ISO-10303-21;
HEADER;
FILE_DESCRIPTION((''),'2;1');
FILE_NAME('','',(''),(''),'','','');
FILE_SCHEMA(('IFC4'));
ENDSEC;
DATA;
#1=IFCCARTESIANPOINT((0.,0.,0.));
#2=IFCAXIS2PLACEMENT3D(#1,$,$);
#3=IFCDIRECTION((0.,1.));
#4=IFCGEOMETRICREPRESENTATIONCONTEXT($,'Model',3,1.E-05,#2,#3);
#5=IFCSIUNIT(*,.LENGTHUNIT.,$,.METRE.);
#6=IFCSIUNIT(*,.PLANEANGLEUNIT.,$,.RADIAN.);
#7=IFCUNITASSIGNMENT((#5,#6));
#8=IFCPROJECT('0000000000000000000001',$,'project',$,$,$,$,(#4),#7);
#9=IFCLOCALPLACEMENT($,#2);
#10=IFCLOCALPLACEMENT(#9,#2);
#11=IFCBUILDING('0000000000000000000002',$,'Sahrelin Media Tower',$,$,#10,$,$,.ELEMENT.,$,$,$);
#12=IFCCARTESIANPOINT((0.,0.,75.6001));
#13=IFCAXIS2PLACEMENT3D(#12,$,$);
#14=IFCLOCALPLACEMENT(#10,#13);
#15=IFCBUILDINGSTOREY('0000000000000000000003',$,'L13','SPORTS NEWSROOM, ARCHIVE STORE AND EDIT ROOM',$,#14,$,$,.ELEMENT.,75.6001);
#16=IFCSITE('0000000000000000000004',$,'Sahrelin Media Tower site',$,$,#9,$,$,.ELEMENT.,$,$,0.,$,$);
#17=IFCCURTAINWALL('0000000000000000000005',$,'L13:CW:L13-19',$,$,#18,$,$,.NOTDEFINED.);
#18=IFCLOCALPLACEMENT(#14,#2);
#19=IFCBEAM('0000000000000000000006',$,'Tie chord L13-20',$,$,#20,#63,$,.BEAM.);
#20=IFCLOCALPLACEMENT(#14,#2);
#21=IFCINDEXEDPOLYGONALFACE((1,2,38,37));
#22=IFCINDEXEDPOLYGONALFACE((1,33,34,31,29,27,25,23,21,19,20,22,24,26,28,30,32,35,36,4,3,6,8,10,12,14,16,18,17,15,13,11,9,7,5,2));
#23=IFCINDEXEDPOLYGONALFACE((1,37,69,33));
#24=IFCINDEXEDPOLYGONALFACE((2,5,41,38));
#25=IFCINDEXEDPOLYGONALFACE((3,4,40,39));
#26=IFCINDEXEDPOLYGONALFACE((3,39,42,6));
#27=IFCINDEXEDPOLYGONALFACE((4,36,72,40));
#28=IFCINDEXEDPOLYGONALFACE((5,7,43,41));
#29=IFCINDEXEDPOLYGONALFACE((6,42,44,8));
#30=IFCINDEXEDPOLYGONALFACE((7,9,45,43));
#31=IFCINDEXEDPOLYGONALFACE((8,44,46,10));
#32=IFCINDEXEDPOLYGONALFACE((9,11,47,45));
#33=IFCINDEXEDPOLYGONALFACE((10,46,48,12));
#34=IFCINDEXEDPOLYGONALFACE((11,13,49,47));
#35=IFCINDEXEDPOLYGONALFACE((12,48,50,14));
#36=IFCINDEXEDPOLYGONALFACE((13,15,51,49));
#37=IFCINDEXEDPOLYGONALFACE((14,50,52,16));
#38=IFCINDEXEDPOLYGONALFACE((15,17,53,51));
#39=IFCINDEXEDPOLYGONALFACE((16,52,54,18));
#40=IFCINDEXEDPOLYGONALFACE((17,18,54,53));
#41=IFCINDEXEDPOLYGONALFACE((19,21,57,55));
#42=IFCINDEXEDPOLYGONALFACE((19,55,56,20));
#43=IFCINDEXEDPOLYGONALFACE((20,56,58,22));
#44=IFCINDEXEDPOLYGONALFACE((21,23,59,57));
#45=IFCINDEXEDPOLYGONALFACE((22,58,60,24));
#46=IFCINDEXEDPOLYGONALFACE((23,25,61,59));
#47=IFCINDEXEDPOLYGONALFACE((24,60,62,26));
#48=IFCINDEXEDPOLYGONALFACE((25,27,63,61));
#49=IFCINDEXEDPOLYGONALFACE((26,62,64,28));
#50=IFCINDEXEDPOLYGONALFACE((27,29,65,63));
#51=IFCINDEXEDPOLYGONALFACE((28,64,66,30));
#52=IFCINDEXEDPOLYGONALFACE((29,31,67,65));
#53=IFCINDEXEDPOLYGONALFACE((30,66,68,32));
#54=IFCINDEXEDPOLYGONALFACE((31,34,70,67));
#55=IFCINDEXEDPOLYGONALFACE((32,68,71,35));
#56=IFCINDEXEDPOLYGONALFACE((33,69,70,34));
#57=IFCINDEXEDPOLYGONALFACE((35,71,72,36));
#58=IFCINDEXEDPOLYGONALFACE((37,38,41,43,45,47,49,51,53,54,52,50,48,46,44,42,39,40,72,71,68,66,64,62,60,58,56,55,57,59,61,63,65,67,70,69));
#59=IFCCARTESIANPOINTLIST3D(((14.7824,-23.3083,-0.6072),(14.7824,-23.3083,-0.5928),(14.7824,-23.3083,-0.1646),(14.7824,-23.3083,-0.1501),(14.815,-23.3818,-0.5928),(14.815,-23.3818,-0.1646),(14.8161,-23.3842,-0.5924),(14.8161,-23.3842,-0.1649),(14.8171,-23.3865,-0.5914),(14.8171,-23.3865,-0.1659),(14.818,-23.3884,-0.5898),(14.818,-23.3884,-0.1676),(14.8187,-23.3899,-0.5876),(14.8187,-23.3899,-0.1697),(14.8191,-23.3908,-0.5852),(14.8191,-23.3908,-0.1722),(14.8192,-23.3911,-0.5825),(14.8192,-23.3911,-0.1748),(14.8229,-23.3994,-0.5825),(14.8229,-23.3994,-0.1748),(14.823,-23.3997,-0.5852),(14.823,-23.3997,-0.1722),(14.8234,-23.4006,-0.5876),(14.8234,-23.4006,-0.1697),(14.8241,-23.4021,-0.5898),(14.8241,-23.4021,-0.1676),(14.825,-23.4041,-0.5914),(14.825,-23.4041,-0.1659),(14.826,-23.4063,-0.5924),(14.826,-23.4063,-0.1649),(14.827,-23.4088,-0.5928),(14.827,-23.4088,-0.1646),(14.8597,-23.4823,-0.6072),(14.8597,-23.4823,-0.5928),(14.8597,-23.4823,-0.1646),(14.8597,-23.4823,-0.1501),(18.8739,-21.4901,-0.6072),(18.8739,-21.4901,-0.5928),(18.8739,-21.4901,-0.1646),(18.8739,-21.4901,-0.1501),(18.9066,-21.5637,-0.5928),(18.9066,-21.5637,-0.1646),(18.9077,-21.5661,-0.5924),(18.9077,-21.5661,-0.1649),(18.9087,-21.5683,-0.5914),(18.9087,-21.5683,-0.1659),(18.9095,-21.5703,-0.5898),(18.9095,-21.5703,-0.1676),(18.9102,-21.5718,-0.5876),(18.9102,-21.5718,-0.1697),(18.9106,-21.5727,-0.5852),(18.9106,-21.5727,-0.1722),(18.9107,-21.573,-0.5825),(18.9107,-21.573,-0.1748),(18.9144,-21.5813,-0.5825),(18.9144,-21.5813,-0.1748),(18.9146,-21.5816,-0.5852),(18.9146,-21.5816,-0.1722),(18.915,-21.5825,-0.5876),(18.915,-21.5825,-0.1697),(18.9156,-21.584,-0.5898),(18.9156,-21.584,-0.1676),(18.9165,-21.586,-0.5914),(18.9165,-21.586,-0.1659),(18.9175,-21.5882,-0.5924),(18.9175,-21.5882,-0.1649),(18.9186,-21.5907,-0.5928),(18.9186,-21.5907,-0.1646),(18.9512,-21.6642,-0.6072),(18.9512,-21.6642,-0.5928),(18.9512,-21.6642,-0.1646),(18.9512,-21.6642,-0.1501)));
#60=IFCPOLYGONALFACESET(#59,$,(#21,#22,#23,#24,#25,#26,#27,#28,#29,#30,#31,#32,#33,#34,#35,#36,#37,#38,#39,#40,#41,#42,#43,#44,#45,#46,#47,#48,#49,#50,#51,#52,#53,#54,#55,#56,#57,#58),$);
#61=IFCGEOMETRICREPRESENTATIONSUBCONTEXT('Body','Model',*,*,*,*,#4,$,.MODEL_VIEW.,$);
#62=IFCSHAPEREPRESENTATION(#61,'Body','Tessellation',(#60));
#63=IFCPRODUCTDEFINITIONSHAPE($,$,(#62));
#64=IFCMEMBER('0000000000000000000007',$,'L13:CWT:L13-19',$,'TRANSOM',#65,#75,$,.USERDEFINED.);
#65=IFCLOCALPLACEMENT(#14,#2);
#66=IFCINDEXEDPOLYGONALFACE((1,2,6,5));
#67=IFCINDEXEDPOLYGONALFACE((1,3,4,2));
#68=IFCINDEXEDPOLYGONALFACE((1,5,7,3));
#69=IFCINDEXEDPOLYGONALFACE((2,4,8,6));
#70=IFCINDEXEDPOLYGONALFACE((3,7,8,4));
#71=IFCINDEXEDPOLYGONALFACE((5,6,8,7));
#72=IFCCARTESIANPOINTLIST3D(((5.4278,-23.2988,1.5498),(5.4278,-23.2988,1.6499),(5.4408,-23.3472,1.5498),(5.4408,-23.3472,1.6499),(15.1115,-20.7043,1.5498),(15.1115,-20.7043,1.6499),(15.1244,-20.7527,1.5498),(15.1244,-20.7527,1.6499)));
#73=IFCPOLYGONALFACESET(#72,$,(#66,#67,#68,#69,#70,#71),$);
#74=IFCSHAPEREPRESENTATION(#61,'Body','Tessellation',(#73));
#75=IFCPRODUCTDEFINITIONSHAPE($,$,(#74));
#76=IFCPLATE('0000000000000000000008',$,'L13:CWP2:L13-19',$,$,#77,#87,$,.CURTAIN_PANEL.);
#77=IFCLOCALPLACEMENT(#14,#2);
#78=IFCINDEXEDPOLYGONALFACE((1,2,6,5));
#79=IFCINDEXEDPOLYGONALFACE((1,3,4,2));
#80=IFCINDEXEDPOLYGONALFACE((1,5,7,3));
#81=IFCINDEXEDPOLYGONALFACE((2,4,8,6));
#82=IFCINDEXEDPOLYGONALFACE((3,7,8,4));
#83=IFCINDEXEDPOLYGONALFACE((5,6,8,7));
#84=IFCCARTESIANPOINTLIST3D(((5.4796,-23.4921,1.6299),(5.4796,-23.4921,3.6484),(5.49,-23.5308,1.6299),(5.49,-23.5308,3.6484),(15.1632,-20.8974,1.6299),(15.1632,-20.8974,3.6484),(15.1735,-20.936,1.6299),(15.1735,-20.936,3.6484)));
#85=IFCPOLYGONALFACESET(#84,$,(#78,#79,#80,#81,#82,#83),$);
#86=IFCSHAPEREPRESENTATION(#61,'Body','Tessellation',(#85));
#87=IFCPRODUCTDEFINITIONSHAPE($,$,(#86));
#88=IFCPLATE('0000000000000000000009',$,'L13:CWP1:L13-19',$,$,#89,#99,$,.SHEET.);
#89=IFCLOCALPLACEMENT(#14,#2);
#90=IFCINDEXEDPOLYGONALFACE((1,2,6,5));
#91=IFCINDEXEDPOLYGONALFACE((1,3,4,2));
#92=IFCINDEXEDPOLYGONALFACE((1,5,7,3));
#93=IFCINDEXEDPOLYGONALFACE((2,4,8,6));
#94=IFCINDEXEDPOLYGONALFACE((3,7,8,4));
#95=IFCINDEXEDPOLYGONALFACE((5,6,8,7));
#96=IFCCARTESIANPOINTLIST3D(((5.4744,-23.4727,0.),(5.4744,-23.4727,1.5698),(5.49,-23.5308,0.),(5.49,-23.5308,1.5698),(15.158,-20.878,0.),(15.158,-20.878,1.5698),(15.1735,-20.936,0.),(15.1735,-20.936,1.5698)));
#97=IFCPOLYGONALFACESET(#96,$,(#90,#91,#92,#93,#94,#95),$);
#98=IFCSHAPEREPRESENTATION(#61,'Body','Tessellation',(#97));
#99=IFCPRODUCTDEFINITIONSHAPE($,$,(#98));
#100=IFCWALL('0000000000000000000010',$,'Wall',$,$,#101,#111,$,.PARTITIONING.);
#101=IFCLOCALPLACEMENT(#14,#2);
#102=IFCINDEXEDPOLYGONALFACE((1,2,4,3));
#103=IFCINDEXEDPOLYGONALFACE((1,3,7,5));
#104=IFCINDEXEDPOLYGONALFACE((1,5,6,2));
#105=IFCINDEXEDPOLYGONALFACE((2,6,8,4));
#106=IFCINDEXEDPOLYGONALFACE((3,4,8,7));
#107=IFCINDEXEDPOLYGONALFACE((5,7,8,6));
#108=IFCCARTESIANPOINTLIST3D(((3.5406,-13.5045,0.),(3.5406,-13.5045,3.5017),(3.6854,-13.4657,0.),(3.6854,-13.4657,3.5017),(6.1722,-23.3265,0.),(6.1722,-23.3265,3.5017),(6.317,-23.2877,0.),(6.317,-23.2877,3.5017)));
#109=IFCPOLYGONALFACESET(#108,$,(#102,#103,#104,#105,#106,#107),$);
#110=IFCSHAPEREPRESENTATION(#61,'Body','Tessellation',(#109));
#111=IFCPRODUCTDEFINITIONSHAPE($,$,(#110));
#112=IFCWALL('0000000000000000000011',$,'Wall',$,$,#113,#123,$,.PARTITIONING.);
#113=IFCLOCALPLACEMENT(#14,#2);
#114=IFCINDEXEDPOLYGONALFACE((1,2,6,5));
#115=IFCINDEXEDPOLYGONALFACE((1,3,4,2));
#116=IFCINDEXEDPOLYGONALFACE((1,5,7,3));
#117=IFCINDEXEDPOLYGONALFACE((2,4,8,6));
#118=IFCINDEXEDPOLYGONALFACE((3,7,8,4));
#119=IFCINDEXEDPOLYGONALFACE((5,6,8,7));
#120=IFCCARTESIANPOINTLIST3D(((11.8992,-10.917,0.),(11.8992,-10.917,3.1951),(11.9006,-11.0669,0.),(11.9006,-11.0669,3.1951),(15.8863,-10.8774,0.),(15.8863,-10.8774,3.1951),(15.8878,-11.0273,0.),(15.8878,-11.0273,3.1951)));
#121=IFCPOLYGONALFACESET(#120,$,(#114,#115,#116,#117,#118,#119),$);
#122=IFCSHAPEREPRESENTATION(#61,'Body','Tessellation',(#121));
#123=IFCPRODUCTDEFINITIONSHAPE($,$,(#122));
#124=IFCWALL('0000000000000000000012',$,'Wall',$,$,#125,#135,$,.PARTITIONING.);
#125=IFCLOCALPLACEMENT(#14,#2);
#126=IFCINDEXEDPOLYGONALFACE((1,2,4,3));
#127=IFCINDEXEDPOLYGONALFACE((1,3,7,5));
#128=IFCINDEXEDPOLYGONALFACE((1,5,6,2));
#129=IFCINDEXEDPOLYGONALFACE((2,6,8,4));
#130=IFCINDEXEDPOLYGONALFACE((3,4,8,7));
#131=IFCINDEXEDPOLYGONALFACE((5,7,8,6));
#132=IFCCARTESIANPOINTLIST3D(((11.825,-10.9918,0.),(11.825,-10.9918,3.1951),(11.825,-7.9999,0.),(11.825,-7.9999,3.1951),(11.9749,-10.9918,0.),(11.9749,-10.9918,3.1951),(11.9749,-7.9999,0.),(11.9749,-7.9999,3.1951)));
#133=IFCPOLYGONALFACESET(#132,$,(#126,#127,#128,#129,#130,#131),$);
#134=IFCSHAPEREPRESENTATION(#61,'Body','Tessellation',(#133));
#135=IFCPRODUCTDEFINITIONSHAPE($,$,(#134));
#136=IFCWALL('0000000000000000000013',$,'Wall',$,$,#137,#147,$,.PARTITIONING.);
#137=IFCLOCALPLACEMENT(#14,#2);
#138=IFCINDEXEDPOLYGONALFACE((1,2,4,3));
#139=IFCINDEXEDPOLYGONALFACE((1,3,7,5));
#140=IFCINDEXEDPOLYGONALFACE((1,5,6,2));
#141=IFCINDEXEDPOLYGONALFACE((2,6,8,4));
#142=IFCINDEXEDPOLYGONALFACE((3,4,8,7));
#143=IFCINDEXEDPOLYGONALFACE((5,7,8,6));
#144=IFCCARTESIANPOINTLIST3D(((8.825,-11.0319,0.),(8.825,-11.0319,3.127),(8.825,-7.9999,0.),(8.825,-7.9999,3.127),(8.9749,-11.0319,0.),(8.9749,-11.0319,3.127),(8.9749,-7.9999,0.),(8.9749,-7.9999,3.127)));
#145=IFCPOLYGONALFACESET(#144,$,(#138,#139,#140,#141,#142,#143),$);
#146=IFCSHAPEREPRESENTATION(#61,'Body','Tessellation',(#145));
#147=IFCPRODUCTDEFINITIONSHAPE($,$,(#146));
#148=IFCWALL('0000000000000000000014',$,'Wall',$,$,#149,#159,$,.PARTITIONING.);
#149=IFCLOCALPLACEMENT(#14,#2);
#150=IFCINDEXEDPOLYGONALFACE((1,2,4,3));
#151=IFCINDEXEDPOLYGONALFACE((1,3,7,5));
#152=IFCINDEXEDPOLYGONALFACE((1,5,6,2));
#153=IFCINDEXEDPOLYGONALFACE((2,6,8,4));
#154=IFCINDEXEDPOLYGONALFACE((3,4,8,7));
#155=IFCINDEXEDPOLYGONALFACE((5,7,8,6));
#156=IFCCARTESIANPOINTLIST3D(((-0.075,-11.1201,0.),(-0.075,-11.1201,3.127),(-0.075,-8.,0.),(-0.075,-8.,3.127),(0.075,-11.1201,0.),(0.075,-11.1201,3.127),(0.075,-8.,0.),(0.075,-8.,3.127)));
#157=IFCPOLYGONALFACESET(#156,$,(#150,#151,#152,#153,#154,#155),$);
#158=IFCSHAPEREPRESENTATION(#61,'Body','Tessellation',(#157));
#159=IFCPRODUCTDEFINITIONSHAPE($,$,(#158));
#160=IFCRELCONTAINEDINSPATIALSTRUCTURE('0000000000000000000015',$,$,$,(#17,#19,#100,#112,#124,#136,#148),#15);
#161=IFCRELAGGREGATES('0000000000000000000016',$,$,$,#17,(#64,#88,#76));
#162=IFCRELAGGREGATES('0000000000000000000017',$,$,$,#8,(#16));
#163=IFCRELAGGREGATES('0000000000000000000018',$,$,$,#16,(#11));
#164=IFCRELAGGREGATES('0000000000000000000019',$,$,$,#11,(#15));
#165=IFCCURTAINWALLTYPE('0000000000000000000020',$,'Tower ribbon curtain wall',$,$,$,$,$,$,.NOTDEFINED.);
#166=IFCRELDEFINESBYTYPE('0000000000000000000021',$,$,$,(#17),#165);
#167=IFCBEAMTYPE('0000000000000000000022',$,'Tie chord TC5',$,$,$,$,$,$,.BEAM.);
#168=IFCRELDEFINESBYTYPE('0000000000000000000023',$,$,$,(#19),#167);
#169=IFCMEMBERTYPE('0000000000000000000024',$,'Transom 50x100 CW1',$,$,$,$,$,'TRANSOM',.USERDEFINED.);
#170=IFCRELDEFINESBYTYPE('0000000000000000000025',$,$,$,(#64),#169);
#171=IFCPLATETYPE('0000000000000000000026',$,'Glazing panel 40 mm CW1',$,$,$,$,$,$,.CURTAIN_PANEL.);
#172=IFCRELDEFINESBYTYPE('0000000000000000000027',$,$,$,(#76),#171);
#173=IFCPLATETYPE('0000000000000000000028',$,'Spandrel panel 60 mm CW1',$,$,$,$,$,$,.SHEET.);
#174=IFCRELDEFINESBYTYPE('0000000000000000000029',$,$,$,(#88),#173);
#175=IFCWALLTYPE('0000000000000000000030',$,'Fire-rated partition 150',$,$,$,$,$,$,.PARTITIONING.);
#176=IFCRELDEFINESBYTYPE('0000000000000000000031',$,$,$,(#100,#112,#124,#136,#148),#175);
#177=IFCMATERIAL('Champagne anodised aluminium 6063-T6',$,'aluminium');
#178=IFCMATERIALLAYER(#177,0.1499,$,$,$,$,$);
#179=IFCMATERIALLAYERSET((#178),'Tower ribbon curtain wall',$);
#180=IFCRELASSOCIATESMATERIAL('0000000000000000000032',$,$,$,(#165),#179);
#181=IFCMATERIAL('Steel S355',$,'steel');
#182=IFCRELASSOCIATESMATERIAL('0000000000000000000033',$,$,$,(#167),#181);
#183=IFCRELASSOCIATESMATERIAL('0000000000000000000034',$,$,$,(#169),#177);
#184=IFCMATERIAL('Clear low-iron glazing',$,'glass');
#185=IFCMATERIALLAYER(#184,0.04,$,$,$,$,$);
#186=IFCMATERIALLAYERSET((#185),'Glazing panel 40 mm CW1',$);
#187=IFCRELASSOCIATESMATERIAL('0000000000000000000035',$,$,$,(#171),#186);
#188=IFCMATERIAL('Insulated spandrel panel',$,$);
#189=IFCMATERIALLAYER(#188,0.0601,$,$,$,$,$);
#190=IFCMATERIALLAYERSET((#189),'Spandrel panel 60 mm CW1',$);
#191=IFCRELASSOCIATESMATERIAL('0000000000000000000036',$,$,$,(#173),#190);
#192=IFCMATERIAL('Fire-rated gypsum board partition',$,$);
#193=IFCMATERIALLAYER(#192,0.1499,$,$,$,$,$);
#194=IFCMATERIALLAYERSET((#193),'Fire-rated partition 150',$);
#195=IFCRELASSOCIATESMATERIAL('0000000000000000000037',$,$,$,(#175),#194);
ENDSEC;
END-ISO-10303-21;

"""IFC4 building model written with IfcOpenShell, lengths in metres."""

from ifc_helpers import new_model, si_unit, direction, frame, frame_2d, origin, origin_2d, place, context, subcontext, project, spatial, polyline, rectangle, i_section, outline, extrude, material, layer, layer_set, material_profile, profile_set, type_object, element, aggregate, save


model = new_model("IFC4")

# Units and contexts
model_context = context("Model", 3, precision=1e-05, world=origin(), true_north=direction((0.0, 1.0)))
body_context = subcontext(model_context, "Body", "Model", "MODEL_VIEW")
ifc_project = project(units=[si_unit("LENGTHUNIT", "METRE"), si_unit("PLANEANGLEUNIT", "RADIAN")], contexts=[model_context])

# Site, building, storey
site_placement = place(None, origin())
site = spatial("IfcSite", under=ifc_project, at=site_placement, Name="Sahrelin Media Tower site", CompositionType="ELEMENT", RefElevation=0.0)
building_placement = place(site_placement, origin())
building = spatial("IfcBuilding", under=site, at=building_placement, Name="Sahrelin Media Tower", CompositionType="ELEMENT")
storey_placement = place(building_placement, frame((0.0, 0.0, 75.6001)))
storey = spatial("IfcBuildingStorey", under=building, at=storey_placement, Name="L13", Description="SPORTS NEWSROOM, ARCHIVE STORE AND EDIT ROOM", CompositionType="ELEMENT", Elevation=75.6001)

# Shared definitions
ifc_material_1 = material(Name="Steel S355", Category="steel")

# Curtain wall
ifc_material_2 = material(Name="Champagne anodised aluminium 6063-T6", Category="aluminium")
ifc_layer_1 = layer(ifc_material_2, 0.1499)
ifc_layer_set_1 = layer_set([ifc_layer_1], Name="Tower ribbon curtain wall")
curtain_wall_type = type_object("IfcCurtainWallType", Name="Tower ribbon curtain wall", PredefinedType="NOTDEFINED", material=ifc_layer_set_1)
curtain_wall_1_placement = place(storey_placement, frame((10.3267, -22.2141, 0.0), z_axis=(0.0, 0.0, 1.0), x_axis=(1.0, 0.0, 0.0)))
curtain_wall_1 = element("IfcCurtainWall", 1, at=curtain_wall_1_placement, inside=storey, type_object=curtain_wall_type, Name="L13:CW:L13-19", PredefinedType="NOTDEFINED")

# Beam
ifc_material_profile_1 = material_profile(ifc_material_1, i_section(OverallWidth=0.1904, OverallDepth=0.457, WebThickness=0.009, FlangeThickness=0.0144, FilletRadius=0.0103, at=origin_2d()), Name="UB 457x191x74")
ifc_profile_set_1 = profile_set([ifc_material_profile_1], Name="Steel S355")
beam_type_1 = type_object("IfcBeamType", Name="Tie chord TC5", PredefinedType="BEAM", material=ifc_profile_set_1)
beam_1_placement = place(storey_placement, frame((14.821, -23.3953, -0.3787), z_axis=(0.913841, 0.406073, 0.0), x_axis=(-0.406073, 0.913841, 0.0)))
element("IfcBeam", 2, at=beam_1_placement, inside=storey, type_object=beam_type_1, Name="Tie chord L13-20", PredefinedType="BEAM", context=body_context, shape_type="SweptSolid", body=[
    extrude(i_section(OverallWidth=0.1904, OverallDepth=0.457, WebThickness=0.009, FlangeThickness=0.0144, FilletRadius=0.0103, at=origin_2d()), origin(), (0.0, 0.0, 1.0), 4.4773),
])

# Member
ifc_material_profile_2 = material_profile(ifc_material_2, rectangle(XDim=0.05, YDim=0.1001, at=origin_2d()), Name="Transom 50x100")
ifc_profile_set_2 = profile_set([ifc_material_profile_2], Name="Champagne anodised aluminium 6063-T6")
member_type_1 = type_object("IfcMemberType", Name="Transom 50x100 CW1", ElementType="TRANSOM", PredefinedType="USERDEFINED", material=ifc_profile_set_2)
member_1_placement = place(storey_placement, frame((5.4343, -23.323, 1.5999), z_axis=(0.965932, 0.258798, 0.0), x_axis=(-0.258798, 0.965932, 0.0)))
member_1 = element("IfcMember", 3, at=member_1_placement, type_object=member_type_1, Name="L13:CWT:L13-19", ObjectType="TRANSOM", PredefinedType="USERDEFINED", context=body_context, shape_type="SweptSolid", body=[
    extrude(rectangle(XDim=0.05, YDim=0.1001, at=origin_2d()), origin(), (0.0, 0.0, 1.0), 10.0251),
])

# Plates
ifc_material_3 = material(Name="Clear low-iron glazing", Category="glass")
ifc_layer_2 = layer(ifc_material_3, 0.04)
ifc_layer_set_2 = layer_set([ifc_layer_2], Name="Glazing panel 40 mm CW1")
plate_type_1 = type_object("IfcPlateType", Name="Glazing panel 40 mm CW1", PredefinedType="CURTAIN_PANEL", material=ifc_layer_set_2)
plate_1_placement = place(storey_placement, frame((5.49, -23.5308, 1.6299), z_axis=(0.25882, -0.965925, 0.0), x_axis=(0.965925, 0.25882, 0.0)))
plate_1 = element("IfcPlate", 4, at=plate_1_placement, type_object=plate_type_1, Name="L13:CWP2:L13-19", PredefinedType="CURTAIN_PANEL", context=body_context, shape_type="SweptSolid", body=[
    extrude(outline(polyline([(0.0, 0.0), (10.0251, 0.0), (10.0251, 2.0186), (0.0, 2.0186), (0.0, 0.0)])), origin(), (0.0, 0.0, -1.0), 0.04),
])
ifc_material_4 = material(Name="Insulated spandrel panel")
ifc_layer_3 = layer(ifc_material_4, 0.0601)
ifc_layer_set_3 = layer_set([ifc_layer_3], Name="Spandrel panel 60 mm CW1")
plate_type_2 = type_object("IfcPlateType", Name="Spandrel panel 60 mm CW1", PredefinedType="SHEET", material=ifc_layer_set_3)
plate_2_placement = place(storey_placement, frame((5.49, -23.5308, 0.0), z_axis=(0.25882, -0.965925, 0.0), x_axis=(0.965925, 0.25882, 0.0)))
plate_2 = element("IfcPlate", 5, at=plate_2_placement, type_object=plate_type_2, Name="L13:CWP1:L13-19", PredefinedType="SHEET", context=body_context, shape_type="SweptSolid", body=[
    extrude(outline(polyline([(0.0, 0.0), (10.0251, 0.0), (10.0251, 1.5698), (0.0, 1.5698), (0.0, 0.0)])), origin(), (0.0, 0.0, -1.0), 0.0601),
])
aggregate(curtain_wall_1, [member_1, plate_2, plate_1])

# Walls
ifc_material_5 = material(Name="Fire-rated gypsum board partition")
ifc_layer_4 = layer(ifc_material_5, 0.1499)
ifc_layer_set_4 = layer_set([ifc_layer_4], Name="Fire-rated partition 150")
wall_type = type_object("IfcWallType", Name="Fire-rated partition 150", PredefinedType="PARTITIONING", material=ifc_layer_set_4)
wall_1_placement = place(storey_placement, frame((3.613, -13.4851, 0.0), z_axis=(0.0, 0.0, 1.0), x_axis=(0.2588, -0.965931, 0.0)))
element("IfcWall", 6, at=wall_1_placement, inside=storey, type_object=wall_type, Name="Wall", PredefinedType="PARTITIONING", context=body_context, shape_type="SweptSolid", body=[
    extrude(rectangle(XDim=10.1685, YDim=0.1499, at=frame_2d((5.0842, 0.0))), origin(), (0.0, 0.0, 1.0), 3.5017),
])
wall_2_placement = place(storey_placement, frame((11.8999, -10.9919, 0.0), z_axis=(0.0, 0.0, 1.0), x_axis=(0.999951, 0.009919, 0.0)))
element("IfcWall", 7, at=wall_2_placement, inside=storey, type_object=wall_type, Name="Wall", PredefinedType="PARTITIONING", context=body_context, shape_type="SweptSolid", body=[
    extrude(rectangle(XDim=3.9873, YDim=0.1499, at=frame_2d((1.9937, 0.0))), origin(), (0.0, 0.0, 1.0), 3.1951),
])
wall_3_placement = place(storey_placement, frame((11.8999, -10.9919, 0.0), z_axis=(0.0, 0.0, 1.0), x_axis=(0.0, 1.0, 0.0)))
element("IfcWall", 8, at=wall_3_placement, inside=storey, type_object=wall_type, Name="Wall", PredefinedType="PARTITIONING", context=body_context, shape_type="SweptSolid", body=[
    extrude(rectangle(XDim=2.9919, YDim=0.1499, at=frame_2d((1.4961, 0.0))), origin(), (0.0, 0.0, 1.0), 3.1951),
])
wall_4_placement = place(storey_placement, frame((8.8999, -11.032, 0.0), z_axis=(0.0, 0.0, 1.0), x_axis=(0.0, 1.0, 0.0)))
element("IfcWall", 9, at=wall_4_placement, inside=storey, type_object=wall_type, Name="Wall", PredefinedType="PARTITIONING", context=body_context, shape_type="SweptSolid", body=[
    extrude(rectangle(XDim=3.032, YDim=0.1499, at=frame_2d((1.5161, 0.0))), origin(), (0.0, 0.0, 1.0), 3.127),
])
wall_5_placement = place(storey_placement, frame((0.0, -11.1201, 0.0), z_axis=(0.0, 0.0, 1.0), x_axis=(0.0, 1.0, 0.0)))
element("IfcWall", 10, at=wall_5_placement, inside=storey, type_object=wall_type, Name="Wall", PredefinedType="PARTITIONING", context=body_context, shape_type="SweptSolid", body=[
    extrude(rectangle(XDim=3.1201, YDim=0.1499, at=frame_2d((1.5601, 0.0))), origin(), (0.0, 0.0, 1.0), 3.127),
])

save(model, "model.ifc")
